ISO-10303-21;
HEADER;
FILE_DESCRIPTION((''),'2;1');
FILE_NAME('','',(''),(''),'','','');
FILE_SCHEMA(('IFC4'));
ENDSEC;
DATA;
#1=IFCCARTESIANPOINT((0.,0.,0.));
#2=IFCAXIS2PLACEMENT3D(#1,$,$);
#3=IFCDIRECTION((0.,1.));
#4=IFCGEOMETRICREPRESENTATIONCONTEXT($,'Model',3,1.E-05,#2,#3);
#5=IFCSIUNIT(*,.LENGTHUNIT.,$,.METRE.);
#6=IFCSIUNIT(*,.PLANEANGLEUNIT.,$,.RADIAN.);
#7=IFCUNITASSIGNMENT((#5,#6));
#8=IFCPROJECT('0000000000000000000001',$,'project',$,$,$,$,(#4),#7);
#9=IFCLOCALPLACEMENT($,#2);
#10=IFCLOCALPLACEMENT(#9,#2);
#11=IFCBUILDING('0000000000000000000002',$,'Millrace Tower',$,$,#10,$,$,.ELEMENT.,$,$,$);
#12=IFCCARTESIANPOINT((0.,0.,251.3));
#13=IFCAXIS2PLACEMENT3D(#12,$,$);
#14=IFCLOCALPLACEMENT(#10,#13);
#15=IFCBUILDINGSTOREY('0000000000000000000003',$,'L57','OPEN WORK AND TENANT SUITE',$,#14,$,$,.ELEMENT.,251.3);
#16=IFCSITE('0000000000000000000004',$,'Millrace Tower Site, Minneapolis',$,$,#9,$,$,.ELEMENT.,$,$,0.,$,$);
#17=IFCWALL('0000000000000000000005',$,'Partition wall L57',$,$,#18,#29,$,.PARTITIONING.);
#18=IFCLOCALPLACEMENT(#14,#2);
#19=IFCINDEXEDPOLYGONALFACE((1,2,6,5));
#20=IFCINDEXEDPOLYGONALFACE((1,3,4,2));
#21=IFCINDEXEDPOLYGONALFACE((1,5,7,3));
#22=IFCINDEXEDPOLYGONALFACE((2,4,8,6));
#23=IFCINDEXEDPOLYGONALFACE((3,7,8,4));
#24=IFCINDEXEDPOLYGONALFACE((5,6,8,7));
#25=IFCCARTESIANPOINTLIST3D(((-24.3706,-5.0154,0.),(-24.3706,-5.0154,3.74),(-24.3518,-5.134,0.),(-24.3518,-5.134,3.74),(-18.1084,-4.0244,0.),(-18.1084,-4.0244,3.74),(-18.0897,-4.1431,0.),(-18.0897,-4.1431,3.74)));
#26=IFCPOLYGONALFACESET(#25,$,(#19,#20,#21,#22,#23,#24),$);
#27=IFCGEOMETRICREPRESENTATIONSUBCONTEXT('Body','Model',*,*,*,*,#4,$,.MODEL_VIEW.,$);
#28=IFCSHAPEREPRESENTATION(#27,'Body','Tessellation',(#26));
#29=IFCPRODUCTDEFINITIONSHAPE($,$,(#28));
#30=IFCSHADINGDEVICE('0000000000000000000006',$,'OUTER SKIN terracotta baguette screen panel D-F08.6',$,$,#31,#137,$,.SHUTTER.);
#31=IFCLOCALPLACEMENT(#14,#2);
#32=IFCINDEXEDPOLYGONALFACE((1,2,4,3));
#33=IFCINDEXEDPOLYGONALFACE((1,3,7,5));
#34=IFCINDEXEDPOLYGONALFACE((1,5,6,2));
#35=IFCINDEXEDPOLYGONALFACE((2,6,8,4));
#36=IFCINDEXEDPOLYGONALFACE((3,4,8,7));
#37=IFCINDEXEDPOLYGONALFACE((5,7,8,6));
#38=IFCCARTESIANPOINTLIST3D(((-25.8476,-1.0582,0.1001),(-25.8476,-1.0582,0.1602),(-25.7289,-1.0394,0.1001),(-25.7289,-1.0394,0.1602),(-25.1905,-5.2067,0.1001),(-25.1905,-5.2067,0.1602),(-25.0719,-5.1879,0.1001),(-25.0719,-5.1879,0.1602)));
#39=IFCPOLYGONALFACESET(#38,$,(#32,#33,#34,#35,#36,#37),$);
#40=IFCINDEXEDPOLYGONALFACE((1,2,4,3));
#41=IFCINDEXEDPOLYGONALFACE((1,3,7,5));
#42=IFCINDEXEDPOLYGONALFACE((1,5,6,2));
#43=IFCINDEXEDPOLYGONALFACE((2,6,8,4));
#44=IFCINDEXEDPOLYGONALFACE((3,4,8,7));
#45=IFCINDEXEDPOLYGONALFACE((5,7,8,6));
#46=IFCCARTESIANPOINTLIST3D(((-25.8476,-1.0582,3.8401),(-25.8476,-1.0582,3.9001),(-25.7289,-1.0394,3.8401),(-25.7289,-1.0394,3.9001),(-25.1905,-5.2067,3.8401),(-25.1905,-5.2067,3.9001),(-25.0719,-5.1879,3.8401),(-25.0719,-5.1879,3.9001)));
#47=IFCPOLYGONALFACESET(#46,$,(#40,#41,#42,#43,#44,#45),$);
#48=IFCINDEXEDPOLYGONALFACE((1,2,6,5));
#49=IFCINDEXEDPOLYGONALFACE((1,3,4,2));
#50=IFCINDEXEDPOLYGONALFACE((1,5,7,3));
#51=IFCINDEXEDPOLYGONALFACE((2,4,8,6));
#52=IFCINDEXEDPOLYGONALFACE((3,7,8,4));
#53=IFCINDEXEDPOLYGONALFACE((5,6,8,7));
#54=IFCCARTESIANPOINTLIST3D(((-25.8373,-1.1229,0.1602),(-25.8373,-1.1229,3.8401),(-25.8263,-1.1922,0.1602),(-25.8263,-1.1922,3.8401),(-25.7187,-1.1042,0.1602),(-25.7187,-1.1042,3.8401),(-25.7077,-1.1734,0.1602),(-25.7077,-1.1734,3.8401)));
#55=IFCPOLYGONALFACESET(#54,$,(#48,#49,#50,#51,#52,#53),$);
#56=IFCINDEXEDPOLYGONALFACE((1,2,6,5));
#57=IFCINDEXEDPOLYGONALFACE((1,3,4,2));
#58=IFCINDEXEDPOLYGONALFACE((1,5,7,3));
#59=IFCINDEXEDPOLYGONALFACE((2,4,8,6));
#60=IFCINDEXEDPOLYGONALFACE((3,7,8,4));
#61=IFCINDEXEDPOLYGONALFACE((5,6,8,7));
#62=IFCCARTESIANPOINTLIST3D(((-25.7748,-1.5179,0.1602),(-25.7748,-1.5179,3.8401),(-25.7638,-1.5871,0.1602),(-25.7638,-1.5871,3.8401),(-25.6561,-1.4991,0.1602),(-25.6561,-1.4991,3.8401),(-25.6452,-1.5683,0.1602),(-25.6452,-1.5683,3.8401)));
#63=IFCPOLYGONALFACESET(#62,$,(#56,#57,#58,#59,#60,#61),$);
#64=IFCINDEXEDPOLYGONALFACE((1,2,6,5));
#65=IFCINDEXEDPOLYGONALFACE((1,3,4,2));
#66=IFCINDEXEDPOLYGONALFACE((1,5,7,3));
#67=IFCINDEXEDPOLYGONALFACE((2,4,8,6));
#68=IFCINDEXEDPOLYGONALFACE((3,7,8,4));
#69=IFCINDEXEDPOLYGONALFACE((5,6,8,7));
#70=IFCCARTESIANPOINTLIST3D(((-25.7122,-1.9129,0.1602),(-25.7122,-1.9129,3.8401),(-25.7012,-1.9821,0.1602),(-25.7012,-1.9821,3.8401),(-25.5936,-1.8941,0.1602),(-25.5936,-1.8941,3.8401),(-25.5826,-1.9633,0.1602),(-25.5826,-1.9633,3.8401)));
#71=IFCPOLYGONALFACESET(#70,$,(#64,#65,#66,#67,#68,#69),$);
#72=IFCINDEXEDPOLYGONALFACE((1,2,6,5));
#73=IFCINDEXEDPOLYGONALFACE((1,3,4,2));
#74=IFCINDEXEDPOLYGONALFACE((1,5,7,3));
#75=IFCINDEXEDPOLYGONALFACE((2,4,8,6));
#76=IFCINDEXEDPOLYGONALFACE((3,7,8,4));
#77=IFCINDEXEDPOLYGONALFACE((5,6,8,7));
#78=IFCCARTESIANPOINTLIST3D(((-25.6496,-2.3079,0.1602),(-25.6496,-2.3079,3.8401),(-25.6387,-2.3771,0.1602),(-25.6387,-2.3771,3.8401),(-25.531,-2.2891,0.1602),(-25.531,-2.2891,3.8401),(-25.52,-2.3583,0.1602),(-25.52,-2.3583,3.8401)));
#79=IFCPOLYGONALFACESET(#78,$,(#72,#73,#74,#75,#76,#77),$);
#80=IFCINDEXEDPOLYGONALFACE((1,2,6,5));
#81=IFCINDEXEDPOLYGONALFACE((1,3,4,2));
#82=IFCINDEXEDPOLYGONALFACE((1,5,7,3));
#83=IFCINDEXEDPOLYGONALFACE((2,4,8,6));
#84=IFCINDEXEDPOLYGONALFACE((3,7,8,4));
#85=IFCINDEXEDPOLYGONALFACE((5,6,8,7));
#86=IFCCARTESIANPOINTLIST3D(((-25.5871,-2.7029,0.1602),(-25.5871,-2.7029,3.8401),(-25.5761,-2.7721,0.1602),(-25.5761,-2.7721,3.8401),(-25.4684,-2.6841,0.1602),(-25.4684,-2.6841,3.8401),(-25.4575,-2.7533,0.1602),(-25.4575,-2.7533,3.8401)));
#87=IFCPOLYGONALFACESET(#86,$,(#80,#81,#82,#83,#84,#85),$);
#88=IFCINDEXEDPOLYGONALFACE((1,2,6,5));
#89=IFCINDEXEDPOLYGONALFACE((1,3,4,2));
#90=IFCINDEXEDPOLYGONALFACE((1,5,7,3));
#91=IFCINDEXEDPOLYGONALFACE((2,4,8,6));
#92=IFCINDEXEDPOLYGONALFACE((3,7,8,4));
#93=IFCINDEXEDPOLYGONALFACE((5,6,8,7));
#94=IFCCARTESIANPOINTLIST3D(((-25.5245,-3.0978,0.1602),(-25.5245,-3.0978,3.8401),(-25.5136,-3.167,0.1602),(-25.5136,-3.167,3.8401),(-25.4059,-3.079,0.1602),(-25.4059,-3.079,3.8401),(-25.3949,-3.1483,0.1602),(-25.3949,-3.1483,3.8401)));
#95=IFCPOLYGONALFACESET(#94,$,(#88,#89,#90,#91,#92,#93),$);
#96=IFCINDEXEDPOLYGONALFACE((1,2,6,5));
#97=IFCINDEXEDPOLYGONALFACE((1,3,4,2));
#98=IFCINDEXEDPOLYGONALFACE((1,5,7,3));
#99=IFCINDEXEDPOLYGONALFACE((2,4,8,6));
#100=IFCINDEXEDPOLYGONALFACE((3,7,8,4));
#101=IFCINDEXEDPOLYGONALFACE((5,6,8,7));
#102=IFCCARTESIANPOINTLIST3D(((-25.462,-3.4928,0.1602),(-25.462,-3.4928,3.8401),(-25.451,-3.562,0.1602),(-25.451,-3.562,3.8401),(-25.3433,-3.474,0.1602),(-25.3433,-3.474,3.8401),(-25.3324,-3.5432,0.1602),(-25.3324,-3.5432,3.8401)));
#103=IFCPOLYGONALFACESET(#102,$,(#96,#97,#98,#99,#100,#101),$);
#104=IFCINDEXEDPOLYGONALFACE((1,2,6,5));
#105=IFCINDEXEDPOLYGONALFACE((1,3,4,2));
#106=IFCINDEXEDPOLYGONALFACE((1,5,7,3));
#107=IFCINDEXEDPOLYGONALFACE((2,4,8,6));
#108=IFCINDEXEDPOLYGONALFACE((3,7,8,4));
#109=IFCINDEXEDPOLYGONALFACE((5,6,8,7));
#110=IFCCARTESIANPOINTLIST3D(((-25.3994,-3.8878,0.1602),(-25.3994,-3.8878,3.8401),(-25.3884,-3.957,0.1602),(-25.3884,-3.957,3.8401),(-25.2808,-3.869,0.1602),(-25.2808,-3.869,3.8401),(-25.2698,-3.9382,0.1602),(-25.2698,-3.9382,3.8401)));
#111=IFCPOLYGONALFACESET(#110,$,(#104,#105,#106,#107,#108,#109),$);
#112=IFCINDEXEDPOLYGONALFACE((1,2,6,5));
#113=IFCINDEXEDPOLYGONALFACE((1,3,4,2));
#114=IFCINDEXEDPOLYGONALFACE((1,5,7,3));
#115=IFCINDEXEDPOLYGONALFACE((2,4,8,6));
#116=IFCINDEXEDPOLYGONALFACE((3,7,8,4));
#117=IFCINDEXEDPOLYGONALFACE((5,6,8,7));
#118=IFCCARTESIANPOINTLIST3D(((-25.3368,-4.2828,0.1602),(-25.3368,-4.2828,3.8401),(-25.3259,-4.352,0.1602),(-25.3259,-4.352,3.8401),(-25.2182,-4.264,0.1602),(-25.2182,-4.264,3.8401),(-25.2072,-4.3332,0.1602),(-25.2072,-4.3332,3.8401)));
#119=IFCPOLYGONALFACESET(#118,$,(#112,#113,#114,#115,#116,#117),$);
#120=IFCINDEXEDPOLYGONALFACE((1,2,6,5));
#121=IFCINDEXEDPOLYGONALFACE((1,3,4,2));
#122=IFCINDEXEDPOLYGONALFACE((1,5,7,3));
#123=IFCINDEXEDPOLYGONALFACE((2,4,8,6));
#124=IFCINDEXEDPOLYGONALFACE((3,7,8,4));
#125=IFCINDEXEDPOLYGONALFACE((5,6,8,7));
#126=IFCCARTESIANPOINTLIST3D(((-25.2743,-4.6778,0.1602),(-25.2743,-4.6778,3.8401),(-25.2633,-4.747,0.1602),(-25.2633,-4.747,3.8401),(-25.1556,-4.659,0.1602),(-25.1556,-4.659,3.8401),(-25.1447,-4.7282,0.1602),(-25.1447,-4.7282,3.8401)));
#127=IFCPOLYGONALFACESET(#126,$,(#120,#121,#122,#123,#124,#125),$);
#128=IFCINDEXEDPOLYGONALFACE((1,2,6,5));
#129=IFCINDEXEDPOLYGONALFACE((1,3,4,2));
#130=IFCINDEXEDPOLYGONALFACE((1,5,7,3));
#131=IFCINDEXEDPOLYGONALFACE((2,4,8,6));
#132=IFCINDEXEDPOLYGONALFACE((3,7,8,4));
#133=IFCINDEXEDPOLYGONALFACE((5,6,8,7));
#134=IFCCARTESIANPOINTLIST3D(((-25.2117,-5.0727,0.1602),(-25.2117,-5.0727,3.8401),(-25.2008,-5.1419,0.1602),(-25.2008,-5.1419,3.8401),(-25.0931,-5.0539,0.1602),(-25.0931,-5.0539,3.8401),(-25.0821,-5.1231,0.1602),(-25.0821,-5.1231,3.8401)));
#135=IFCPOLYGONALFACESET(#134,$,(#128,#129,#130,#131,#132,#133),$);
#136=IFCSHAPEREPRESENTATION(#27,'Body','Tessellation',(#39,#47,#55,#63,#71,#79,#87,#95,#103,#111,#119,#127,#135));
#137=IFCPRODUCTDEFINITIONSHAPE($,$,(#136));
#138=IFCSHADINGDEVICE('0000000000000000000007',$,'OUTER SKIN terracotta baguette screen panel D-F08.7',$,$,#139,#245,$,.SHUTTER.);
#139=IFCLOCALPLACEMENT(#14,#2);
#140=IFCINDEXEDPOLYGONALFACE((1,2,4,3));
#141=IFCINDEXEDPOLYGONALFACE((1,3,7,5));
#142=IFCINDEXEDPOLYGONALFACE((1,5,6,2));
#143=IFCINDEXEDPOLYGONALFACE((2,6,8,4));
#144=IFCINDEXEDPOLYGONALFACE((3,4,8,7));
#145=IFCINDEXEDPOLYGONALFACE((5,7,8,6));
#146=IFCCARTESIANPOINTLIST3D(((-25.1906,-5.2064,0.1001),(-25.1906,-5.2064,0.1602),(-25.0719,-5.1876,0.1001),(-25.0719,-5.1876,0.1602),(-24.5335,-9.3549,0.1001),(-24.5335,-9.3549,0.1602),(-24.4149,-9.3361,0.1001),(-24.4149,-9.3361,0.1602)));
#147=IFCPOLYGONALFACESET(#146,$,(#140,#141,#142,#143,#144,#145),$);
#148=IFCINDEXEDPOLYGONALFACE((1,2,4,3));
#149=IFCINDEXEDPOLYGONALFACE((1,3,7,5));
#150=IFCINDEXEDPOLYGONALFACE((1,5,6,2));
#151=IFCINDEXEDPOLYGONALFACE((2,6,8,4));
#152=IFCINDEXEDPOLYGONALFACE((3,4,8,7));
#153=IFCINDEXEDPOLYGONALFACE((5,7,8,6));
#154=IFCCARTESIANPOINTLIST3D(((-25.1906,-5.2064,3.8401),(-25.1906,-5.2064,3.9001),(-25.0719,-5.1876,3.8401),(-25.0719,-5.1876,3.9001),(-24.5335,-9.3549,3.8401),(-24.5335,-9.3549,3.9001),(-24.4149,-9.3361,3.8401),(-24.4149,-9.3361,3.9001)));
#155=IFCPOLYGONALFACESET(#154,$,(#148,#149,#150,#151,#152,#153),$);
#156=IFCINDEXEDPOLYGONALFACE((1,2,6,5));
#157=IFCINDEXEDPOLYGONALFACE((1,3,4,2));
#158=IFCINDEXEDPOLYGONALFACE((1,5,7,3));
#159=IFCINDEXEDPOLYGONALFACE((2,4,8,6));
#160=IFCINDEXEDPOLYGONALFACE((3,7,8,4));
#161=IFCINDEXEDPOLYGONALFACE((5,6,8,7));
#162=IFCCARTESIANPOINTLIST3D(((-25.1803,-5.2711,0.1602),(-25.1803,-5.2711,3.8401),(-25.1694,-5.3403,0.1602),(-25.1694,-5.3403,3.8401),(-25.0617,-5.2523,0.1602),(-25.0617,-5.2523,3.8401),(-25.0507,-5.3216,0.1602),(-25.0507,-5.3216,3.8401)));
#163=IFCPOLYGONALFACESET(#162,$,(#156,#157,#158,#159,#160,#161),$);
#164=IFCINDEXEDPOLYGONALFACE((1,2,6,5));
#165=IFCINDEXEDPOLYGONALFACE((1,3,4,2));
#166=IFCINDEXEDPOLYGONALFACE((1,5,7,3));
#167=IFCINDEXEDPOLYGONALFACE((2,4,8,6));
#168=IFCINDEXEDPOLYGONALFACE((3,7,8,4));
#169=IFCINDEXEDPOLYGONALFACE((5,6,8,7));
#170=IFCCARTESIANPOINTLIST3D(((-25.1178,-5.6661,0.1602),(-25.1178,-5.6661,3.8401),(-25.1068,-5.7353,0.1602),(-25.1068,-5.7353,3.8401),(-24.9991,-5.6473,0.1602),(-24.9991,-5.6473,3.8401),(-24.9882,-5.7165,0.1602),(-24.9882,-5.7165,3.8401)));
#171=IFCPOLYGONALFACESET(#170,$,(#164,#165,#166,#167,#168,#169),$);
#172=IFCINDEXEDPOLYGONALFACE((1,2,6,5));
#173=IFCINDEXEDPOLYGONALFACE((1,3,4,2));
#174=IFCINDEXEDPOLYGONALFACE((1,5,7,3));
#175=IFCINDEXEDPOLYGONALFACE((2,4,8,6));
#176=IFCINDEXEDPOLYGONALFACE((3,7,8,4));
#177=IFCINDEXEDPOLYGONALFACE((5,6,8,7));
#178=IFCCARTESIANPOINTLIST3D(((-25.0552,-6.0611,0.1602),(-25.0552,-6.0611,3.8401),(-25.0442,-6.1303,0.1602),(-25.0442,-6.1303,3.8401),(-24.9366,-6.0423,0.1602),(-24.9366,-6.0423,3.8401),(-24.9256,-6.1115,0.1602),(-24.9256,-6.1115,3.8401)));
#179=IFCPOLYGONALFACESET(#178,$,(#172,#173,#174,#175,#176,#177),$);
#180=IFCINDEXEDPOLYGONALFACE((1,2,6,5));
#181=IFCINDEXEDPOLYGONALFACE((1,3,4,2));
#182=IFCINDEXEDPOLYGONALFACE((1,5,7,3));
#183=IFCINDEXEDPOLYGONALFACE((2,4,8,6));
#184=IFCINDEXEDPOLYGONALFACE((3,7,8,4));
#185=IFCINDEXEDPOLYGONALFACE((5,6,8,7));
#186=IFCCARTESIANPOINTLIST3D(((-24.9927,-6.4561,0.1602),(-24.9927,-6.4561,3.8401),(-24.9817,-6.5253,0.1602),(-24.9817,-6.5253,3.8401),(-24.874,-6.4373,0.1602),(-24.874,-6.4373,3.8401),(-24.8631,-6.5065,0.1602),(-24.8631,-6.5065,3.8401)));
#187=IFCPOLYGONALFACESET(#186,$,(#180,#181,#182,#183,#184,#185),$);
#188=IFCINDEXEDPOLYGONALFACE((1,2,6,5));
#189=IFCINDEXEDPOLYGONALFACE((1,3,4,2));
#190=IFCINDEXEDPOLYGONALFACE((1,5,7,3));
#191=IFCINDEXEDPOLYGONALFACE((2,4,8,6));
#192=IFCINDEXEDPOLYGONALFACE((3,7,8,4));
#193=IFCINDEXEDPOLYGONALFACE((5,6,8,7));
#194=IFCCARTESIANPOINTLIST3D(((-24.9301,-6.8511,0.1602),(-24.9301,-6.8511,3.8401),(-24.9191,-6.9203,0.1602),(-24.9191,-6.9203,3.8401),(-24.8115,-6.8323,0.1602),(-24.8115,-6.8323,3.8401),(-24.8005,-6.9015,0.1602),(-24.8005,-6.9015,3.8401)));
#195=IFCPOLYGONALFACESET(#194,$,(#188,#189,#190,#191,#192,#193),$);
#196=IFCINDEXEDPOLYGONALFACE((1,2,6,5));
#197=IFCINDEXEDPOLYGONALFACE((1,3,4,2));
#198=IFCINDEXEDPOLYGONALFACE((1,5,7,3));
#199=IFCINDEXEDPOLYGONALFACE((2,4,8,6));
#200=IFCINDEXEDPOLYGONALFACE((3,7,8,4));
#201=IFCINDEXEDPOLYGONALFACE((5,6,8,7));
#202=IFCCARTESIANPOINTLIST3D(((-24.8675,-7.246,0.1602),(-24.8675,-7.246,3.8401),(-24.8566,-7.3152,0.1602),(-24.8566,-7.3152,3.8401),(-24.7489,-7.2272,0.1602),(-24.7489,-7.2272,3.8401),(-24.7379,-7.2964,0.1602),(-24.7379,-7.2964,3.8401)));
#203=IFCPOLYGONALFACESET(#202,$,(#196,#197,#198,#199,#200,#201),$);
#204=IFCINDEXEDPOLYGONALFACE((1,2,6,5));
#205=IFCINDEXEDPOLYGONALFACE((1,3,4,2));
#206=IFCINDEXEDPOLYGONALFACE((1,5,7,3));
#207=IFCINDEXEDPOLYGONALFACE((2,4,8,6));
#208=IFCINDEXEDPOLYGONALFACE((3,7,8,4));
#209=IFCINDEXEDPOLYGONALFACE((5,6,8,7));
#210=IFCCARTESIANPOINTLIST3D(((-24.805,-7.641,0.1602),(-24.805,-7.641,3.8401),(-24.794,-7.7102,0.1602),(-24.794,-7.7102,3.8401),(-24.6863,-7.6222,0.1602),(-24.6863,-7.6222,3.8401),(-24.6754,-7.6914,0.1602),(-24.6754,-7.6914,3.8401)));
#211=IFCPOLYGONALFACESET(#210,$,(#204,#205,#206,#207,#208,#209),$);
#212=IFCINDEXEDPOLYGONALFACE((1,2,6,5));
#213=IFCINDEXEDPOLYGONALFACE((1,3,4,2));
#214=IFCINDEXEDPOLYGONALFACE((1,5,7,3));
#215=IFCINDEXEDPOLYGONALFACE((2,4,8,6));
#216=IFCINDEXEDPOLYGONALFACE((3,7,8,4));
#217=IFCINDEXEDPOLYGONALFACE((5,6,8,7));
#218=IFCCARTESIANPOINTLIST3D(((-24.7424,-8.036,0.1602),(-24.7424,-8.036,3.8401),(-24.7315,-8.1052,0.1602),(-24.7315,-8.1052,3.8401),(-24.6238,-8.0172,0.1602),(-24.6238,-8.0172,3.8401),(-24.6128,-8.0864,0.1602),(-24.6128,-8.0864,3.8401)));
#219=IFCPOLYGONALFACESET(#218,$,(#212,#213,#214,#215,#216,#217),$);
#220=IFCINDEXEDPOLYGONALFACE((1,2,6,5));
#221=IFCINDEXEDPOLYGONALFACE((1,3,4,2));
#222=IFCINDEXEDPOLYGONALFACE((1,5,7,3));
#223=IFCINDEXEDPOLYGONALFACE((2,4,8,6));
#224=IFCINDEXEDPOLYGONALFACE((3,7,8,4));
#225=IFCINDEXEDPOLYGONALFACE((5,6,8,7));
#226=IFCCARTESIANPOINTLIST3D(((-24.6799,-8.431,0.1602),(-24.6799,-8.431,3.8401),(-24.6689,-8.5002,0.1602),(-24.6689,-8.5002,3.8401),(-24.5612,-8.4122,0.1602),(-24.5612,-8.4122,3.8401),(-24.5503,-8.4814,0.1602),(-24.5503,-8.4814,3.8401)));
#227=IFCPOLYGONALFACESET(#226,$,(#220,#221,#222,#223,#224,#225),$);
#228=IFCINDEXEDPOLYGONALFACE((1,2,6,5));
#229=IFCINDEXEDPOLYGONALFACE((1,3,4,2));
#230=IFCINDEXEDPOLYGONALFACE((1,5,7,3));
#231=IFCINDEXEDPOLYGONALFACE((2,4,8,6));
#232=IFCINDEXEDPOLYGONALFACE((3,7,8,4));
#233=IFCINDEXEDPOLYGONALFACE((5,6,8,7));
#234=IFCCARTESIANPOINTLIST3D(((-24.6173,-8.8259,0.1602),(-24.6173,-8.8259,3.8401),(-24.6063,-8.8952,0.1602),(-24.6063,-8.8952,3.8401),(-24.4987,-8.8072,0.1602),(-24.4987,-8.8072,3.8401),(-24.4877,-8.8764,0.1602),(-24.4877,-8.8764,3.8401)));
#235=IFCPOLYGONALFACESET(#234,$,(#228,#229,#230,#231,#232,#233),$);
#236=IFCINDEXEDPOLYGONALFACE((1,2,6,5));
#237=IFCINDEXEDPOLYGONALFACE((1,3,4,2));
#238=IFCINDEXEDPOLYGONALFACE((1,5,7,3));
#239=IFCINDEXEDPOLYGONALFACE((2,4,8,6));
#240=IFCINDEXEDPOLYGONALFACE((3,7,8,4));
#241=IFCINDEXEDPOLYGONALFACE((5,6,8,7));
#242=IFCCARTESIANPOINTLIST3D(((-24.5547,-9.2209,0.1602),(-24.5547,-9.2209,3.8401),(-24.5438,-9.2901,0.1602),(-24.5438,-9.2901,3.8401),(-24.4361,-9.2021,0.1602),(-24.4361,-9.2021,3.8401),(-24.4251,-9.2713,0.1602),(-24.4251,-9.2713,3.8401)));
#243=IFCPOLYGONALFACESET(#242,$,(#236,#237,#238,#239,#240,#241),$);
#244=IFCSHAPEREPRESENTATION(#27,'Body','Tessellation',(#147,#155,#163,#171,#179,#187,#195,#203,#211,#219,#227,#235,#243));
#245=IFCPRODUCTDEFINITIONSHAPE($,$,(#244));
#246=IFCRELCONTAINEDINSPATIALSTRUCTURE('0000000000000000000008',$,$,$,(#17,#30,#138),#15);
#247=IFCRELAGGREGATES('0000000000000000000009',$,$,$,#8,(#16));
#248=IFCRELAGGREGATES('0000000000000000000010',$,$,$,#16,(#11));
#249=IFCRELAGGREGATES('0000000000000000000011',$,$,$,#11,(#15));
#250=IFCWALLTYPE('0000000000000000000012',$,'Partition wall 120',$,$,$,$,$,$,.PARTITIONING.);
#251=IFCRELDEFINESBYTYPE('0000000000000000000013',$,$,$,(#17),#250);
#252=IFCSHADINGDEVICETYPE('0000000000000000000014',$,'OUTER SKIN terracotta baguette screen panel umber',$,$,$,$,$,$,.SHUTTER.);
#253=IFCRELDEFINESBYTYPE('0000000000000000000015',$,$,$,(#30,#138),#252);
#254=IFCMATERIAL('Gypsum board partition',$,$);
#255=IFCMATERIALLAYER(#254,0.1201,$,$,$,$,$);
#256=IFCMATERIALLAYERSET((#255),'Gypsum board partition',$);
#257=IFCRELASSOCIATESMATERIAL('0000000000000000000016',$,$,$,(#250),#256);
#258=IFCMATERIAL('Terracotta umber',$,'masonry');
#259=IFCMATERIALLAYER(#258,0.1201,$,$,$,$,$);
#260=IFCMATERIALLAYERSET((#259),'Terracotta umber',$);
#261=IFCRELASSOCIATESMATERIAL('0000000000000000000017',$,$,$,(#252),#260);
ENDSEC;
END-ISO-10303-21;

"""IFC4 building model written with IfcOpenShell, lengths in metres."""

from ifc_helpers import new_model, entity, si_unit, direction, frame, frame_2d, origin, origin_2d, place, context, subcontext, project, spatial, rectangle, extrude, source, transform, mapped, material, layer, layer_set, type_object, element, save


model = new_model("IFC4")

# Units and contexts
model_context = context("Model", 3, precision=1e-05, world=origin(), true_north=direction((0.0, 1.0)))
body_context = subcontext(model_context, "Body", "Model", "MODEL_VIEW")
ifc_project = project(units=[si_unit("LENGTHUNIT", "METRE"), si_unit("PLANEANGLEUNIT", "RADIAN")], contexts=[model_context])

# Site, building, storey
site_placement = place(None, origin())
site = spatial("IfcSite", under=ifc_project, at=site_placement, Name="Millrace Tower Site, Minneapolis", CompositionType="ELEMENT", RefElevation=0.0)
building_placement = place(site_placement, origin())
building = spatial("IfcBuilding", under=site, at=building_placement, Name="Millrace Tower", CompositionType="ELEMENT")
storey_placement = place(building_placement, frame((0.0, 0.0, 251.3)))
storey = spatial("IfcBuildingStorey", under=building, at=storey_placement, Name="L57", Description="OPEN WORK AND TENANT SUITE", CompositionType="ELEMENT", Elevation=251.3)

# Wall
ifc_material_1 = material(Name="Gypsum board partition")
ifc_layer_1 = layer(ifc_material_1, 0.1201)
ifc_layer_set_1 = layer_set([ifc_layer_1], Name="Gypsum board partition")
wall_type_1 = type_object("IfcWallType", Name="Partition wall 120", PredefinedType="PARTITIONING", material=ifc_layer_set_1)
wall_1_placement = place(storey_placement, frame((-24.3611, -5.0747, 0.0), z_axis=(0.0, 0.0, 1.0), x_axis=(0.98771, 0.156301, 0.0)))
element("IfcWall", 1, at=wall_1_placement, inside=storey, type_object=wall_type_1, Name="Partition wall L57", PredefinedType="PARTITIONING", context=body_context, shape_type="SweptSolid", body=[
    extrude(rectangle(XDim=6.3401, YDim=0.1201, at=frame_2d((3.1699, 0.0))), origin(), (0.0, 0.0, 1.0), 3.74),
])

# Shading devices
ifc_material_2 = material(Name="Terracotta umber", Category="masonry")
ifc_layer_2 = layer(ifc_material_2, 0.1201)
ifc_layer_set_2 = layer_set([ifc_layer_2], Name="Terracotta umber")
shading_device_type = type_object("IfcShadingDeviceType", Name="OUTER SKIN terracotta baguette screen panel umber", PredefinedType="SHUTTER", material=ifc_layer_set_2)
cartesian_point = entity("IfcCartesianPoint", [-2.1001, 0.0601])
shared_polyline = entity("IfcPolyline", [cartesian_point, entity("IfcCartesianPoint", [2.1001, 0.0601]), entity("IfcCartesianPoint", [2.1001, -0.0601]), entity("IfcCartesianPoint", [-2.1001, -0.0601]), cartesian_point])
shared_shape = source(origin(), body_context, "Body", "SweptSolid", [
    entity("IfcExtrudedAreaSolid", entity("IfcArbitraryClosedProfileDef", "AREA", None, shared_polyline), entity("IfcAxis2Placement3D", entity("IfcCartesianPoint", [0.0, 0.0, 0.0])), entity("IfcDirection", [0.0, 0.0, 1.0]), 0.0601),
    entity("IfcExtrudedAreaSolid", entity("IfcArbitraryClosedProfileDef", "AREA", None, shared_polyline), entity("IfcAxis2Placement3D", entity("IfcCartesianPoint", [0.0, 0.0, 3.74])), entity("IfcDirection", [0.0, 0.0, 1.0]), 0.0601),
    extrude(rectangle(XDim=0.0701, YDim=0.1201, at=frame_2d((-1.9995, 0.0))), frame((0.0, 0.0, 0.0601)), (0.0, 0.0, 1.0), 3.6799),
    extrude(rectangle(XDim=0.0701, YDim=0.1201, at=frame_2d((-1.5996, 0.0))), frame((0.0, 0.0, 0.0601)), (0.0, 0.0, 1.0), 3.6799),
    extrude(rectangle(XDim=0.0701, YDim=0.1201, at=frame_2d((-1.1997, 0.0))), frame((0.0, 0.0, 0.0601)), (0.0, 0.0, 1.0), 3.6799),
    extrude(rectangle(XDim=0.0701, YDim=0.1201, at=frame_2d((-0.7998, 0.0))), frame((0.0, 0.0, 0.0601)), (0.0, 0.0, 1.0), 3.6799),
    extrude(rectangle(XDim=0.0701, YDim=0.1201, at=frame_2d((-0.3999, 0.0))), frame((0.0, 0.0, 0.0601)), (0.0, 0.0, 1.0), 3.6799),
    extrude(rectangle(XDim=0.0701, YDim=0.1201, at=origin_2d()), frame((0.0, 0.0, 0.0601)), (0.0, 0.0, 1.0), 3.6799),
    extrude(rectangle(XDim=0.0701, YDim=0.1201, at=frame_2d((0.3999, 0.0))), frame((0.0, 0.0, 0.0601)), (0.0, 0.0, 1.0), 3.6799),
    extrude(rectangle(XDim=0.0701, YDim=0.1201, at=frame_2d((0.7998, 0.0))), frame((0.0, 0.0, 0.0601)), (0.0, 0.0, 1.0), 3.6799),
    extrude(rectangle(XDim=0.0701, YDim=0.1201, at=frame_2d((1.1997, 0.0))), frame((0.0, 0.0, 0.0601)), (0.0, 0.0, 1.0), 3.6799),
    extrude(rectangle(XDim=0.0701, YDim=0.1201, at=frame_2d((1.5996, 0.0))), frame((0.0, 0.0, 0.0601)), (0.0, 0.0, 1.0), 3.6799),
    extrude(rectangle(XDim=0.0701, YDim=0.1201, at=frame_2d((1.9995, 0.0))), frame((0.0, 0.0, 0.0601)), (0.0, 0.0, 1.0), 3.6799),
])
for number, where, z_axis, x_axis, name in (
    (2, (-25.4597, -3.123, 0.1001), (0.0, 0.0, 1.0), (0.156434, -0.987688, 0.0), "OUTER SKIN terracotta baguette screen panel D-F08.6"),
    (3, (-24.8027, -7.2712, 0.1001), (0.0, 0.0, 1.0), (0.156434, -0.987688, 0.0), "OUTER SKIN terracotta baguette screen panel D-F08.7"),
):
    element("IfcShadingDevice", number, at=place(storey_placement, frame(where, z_axis=z_axis, x_axis=x_axis)), inside=storey, type_object=shading_device_type, Name=name, PredefinedType="SHUTTER", context=body_context, shape_type="MappedRepresentation", body=[
        mapped(shared_shape, transform((0.0, 0.0, 0.0), scale=1.0)),
    ])

save(model, "model.ifc")
